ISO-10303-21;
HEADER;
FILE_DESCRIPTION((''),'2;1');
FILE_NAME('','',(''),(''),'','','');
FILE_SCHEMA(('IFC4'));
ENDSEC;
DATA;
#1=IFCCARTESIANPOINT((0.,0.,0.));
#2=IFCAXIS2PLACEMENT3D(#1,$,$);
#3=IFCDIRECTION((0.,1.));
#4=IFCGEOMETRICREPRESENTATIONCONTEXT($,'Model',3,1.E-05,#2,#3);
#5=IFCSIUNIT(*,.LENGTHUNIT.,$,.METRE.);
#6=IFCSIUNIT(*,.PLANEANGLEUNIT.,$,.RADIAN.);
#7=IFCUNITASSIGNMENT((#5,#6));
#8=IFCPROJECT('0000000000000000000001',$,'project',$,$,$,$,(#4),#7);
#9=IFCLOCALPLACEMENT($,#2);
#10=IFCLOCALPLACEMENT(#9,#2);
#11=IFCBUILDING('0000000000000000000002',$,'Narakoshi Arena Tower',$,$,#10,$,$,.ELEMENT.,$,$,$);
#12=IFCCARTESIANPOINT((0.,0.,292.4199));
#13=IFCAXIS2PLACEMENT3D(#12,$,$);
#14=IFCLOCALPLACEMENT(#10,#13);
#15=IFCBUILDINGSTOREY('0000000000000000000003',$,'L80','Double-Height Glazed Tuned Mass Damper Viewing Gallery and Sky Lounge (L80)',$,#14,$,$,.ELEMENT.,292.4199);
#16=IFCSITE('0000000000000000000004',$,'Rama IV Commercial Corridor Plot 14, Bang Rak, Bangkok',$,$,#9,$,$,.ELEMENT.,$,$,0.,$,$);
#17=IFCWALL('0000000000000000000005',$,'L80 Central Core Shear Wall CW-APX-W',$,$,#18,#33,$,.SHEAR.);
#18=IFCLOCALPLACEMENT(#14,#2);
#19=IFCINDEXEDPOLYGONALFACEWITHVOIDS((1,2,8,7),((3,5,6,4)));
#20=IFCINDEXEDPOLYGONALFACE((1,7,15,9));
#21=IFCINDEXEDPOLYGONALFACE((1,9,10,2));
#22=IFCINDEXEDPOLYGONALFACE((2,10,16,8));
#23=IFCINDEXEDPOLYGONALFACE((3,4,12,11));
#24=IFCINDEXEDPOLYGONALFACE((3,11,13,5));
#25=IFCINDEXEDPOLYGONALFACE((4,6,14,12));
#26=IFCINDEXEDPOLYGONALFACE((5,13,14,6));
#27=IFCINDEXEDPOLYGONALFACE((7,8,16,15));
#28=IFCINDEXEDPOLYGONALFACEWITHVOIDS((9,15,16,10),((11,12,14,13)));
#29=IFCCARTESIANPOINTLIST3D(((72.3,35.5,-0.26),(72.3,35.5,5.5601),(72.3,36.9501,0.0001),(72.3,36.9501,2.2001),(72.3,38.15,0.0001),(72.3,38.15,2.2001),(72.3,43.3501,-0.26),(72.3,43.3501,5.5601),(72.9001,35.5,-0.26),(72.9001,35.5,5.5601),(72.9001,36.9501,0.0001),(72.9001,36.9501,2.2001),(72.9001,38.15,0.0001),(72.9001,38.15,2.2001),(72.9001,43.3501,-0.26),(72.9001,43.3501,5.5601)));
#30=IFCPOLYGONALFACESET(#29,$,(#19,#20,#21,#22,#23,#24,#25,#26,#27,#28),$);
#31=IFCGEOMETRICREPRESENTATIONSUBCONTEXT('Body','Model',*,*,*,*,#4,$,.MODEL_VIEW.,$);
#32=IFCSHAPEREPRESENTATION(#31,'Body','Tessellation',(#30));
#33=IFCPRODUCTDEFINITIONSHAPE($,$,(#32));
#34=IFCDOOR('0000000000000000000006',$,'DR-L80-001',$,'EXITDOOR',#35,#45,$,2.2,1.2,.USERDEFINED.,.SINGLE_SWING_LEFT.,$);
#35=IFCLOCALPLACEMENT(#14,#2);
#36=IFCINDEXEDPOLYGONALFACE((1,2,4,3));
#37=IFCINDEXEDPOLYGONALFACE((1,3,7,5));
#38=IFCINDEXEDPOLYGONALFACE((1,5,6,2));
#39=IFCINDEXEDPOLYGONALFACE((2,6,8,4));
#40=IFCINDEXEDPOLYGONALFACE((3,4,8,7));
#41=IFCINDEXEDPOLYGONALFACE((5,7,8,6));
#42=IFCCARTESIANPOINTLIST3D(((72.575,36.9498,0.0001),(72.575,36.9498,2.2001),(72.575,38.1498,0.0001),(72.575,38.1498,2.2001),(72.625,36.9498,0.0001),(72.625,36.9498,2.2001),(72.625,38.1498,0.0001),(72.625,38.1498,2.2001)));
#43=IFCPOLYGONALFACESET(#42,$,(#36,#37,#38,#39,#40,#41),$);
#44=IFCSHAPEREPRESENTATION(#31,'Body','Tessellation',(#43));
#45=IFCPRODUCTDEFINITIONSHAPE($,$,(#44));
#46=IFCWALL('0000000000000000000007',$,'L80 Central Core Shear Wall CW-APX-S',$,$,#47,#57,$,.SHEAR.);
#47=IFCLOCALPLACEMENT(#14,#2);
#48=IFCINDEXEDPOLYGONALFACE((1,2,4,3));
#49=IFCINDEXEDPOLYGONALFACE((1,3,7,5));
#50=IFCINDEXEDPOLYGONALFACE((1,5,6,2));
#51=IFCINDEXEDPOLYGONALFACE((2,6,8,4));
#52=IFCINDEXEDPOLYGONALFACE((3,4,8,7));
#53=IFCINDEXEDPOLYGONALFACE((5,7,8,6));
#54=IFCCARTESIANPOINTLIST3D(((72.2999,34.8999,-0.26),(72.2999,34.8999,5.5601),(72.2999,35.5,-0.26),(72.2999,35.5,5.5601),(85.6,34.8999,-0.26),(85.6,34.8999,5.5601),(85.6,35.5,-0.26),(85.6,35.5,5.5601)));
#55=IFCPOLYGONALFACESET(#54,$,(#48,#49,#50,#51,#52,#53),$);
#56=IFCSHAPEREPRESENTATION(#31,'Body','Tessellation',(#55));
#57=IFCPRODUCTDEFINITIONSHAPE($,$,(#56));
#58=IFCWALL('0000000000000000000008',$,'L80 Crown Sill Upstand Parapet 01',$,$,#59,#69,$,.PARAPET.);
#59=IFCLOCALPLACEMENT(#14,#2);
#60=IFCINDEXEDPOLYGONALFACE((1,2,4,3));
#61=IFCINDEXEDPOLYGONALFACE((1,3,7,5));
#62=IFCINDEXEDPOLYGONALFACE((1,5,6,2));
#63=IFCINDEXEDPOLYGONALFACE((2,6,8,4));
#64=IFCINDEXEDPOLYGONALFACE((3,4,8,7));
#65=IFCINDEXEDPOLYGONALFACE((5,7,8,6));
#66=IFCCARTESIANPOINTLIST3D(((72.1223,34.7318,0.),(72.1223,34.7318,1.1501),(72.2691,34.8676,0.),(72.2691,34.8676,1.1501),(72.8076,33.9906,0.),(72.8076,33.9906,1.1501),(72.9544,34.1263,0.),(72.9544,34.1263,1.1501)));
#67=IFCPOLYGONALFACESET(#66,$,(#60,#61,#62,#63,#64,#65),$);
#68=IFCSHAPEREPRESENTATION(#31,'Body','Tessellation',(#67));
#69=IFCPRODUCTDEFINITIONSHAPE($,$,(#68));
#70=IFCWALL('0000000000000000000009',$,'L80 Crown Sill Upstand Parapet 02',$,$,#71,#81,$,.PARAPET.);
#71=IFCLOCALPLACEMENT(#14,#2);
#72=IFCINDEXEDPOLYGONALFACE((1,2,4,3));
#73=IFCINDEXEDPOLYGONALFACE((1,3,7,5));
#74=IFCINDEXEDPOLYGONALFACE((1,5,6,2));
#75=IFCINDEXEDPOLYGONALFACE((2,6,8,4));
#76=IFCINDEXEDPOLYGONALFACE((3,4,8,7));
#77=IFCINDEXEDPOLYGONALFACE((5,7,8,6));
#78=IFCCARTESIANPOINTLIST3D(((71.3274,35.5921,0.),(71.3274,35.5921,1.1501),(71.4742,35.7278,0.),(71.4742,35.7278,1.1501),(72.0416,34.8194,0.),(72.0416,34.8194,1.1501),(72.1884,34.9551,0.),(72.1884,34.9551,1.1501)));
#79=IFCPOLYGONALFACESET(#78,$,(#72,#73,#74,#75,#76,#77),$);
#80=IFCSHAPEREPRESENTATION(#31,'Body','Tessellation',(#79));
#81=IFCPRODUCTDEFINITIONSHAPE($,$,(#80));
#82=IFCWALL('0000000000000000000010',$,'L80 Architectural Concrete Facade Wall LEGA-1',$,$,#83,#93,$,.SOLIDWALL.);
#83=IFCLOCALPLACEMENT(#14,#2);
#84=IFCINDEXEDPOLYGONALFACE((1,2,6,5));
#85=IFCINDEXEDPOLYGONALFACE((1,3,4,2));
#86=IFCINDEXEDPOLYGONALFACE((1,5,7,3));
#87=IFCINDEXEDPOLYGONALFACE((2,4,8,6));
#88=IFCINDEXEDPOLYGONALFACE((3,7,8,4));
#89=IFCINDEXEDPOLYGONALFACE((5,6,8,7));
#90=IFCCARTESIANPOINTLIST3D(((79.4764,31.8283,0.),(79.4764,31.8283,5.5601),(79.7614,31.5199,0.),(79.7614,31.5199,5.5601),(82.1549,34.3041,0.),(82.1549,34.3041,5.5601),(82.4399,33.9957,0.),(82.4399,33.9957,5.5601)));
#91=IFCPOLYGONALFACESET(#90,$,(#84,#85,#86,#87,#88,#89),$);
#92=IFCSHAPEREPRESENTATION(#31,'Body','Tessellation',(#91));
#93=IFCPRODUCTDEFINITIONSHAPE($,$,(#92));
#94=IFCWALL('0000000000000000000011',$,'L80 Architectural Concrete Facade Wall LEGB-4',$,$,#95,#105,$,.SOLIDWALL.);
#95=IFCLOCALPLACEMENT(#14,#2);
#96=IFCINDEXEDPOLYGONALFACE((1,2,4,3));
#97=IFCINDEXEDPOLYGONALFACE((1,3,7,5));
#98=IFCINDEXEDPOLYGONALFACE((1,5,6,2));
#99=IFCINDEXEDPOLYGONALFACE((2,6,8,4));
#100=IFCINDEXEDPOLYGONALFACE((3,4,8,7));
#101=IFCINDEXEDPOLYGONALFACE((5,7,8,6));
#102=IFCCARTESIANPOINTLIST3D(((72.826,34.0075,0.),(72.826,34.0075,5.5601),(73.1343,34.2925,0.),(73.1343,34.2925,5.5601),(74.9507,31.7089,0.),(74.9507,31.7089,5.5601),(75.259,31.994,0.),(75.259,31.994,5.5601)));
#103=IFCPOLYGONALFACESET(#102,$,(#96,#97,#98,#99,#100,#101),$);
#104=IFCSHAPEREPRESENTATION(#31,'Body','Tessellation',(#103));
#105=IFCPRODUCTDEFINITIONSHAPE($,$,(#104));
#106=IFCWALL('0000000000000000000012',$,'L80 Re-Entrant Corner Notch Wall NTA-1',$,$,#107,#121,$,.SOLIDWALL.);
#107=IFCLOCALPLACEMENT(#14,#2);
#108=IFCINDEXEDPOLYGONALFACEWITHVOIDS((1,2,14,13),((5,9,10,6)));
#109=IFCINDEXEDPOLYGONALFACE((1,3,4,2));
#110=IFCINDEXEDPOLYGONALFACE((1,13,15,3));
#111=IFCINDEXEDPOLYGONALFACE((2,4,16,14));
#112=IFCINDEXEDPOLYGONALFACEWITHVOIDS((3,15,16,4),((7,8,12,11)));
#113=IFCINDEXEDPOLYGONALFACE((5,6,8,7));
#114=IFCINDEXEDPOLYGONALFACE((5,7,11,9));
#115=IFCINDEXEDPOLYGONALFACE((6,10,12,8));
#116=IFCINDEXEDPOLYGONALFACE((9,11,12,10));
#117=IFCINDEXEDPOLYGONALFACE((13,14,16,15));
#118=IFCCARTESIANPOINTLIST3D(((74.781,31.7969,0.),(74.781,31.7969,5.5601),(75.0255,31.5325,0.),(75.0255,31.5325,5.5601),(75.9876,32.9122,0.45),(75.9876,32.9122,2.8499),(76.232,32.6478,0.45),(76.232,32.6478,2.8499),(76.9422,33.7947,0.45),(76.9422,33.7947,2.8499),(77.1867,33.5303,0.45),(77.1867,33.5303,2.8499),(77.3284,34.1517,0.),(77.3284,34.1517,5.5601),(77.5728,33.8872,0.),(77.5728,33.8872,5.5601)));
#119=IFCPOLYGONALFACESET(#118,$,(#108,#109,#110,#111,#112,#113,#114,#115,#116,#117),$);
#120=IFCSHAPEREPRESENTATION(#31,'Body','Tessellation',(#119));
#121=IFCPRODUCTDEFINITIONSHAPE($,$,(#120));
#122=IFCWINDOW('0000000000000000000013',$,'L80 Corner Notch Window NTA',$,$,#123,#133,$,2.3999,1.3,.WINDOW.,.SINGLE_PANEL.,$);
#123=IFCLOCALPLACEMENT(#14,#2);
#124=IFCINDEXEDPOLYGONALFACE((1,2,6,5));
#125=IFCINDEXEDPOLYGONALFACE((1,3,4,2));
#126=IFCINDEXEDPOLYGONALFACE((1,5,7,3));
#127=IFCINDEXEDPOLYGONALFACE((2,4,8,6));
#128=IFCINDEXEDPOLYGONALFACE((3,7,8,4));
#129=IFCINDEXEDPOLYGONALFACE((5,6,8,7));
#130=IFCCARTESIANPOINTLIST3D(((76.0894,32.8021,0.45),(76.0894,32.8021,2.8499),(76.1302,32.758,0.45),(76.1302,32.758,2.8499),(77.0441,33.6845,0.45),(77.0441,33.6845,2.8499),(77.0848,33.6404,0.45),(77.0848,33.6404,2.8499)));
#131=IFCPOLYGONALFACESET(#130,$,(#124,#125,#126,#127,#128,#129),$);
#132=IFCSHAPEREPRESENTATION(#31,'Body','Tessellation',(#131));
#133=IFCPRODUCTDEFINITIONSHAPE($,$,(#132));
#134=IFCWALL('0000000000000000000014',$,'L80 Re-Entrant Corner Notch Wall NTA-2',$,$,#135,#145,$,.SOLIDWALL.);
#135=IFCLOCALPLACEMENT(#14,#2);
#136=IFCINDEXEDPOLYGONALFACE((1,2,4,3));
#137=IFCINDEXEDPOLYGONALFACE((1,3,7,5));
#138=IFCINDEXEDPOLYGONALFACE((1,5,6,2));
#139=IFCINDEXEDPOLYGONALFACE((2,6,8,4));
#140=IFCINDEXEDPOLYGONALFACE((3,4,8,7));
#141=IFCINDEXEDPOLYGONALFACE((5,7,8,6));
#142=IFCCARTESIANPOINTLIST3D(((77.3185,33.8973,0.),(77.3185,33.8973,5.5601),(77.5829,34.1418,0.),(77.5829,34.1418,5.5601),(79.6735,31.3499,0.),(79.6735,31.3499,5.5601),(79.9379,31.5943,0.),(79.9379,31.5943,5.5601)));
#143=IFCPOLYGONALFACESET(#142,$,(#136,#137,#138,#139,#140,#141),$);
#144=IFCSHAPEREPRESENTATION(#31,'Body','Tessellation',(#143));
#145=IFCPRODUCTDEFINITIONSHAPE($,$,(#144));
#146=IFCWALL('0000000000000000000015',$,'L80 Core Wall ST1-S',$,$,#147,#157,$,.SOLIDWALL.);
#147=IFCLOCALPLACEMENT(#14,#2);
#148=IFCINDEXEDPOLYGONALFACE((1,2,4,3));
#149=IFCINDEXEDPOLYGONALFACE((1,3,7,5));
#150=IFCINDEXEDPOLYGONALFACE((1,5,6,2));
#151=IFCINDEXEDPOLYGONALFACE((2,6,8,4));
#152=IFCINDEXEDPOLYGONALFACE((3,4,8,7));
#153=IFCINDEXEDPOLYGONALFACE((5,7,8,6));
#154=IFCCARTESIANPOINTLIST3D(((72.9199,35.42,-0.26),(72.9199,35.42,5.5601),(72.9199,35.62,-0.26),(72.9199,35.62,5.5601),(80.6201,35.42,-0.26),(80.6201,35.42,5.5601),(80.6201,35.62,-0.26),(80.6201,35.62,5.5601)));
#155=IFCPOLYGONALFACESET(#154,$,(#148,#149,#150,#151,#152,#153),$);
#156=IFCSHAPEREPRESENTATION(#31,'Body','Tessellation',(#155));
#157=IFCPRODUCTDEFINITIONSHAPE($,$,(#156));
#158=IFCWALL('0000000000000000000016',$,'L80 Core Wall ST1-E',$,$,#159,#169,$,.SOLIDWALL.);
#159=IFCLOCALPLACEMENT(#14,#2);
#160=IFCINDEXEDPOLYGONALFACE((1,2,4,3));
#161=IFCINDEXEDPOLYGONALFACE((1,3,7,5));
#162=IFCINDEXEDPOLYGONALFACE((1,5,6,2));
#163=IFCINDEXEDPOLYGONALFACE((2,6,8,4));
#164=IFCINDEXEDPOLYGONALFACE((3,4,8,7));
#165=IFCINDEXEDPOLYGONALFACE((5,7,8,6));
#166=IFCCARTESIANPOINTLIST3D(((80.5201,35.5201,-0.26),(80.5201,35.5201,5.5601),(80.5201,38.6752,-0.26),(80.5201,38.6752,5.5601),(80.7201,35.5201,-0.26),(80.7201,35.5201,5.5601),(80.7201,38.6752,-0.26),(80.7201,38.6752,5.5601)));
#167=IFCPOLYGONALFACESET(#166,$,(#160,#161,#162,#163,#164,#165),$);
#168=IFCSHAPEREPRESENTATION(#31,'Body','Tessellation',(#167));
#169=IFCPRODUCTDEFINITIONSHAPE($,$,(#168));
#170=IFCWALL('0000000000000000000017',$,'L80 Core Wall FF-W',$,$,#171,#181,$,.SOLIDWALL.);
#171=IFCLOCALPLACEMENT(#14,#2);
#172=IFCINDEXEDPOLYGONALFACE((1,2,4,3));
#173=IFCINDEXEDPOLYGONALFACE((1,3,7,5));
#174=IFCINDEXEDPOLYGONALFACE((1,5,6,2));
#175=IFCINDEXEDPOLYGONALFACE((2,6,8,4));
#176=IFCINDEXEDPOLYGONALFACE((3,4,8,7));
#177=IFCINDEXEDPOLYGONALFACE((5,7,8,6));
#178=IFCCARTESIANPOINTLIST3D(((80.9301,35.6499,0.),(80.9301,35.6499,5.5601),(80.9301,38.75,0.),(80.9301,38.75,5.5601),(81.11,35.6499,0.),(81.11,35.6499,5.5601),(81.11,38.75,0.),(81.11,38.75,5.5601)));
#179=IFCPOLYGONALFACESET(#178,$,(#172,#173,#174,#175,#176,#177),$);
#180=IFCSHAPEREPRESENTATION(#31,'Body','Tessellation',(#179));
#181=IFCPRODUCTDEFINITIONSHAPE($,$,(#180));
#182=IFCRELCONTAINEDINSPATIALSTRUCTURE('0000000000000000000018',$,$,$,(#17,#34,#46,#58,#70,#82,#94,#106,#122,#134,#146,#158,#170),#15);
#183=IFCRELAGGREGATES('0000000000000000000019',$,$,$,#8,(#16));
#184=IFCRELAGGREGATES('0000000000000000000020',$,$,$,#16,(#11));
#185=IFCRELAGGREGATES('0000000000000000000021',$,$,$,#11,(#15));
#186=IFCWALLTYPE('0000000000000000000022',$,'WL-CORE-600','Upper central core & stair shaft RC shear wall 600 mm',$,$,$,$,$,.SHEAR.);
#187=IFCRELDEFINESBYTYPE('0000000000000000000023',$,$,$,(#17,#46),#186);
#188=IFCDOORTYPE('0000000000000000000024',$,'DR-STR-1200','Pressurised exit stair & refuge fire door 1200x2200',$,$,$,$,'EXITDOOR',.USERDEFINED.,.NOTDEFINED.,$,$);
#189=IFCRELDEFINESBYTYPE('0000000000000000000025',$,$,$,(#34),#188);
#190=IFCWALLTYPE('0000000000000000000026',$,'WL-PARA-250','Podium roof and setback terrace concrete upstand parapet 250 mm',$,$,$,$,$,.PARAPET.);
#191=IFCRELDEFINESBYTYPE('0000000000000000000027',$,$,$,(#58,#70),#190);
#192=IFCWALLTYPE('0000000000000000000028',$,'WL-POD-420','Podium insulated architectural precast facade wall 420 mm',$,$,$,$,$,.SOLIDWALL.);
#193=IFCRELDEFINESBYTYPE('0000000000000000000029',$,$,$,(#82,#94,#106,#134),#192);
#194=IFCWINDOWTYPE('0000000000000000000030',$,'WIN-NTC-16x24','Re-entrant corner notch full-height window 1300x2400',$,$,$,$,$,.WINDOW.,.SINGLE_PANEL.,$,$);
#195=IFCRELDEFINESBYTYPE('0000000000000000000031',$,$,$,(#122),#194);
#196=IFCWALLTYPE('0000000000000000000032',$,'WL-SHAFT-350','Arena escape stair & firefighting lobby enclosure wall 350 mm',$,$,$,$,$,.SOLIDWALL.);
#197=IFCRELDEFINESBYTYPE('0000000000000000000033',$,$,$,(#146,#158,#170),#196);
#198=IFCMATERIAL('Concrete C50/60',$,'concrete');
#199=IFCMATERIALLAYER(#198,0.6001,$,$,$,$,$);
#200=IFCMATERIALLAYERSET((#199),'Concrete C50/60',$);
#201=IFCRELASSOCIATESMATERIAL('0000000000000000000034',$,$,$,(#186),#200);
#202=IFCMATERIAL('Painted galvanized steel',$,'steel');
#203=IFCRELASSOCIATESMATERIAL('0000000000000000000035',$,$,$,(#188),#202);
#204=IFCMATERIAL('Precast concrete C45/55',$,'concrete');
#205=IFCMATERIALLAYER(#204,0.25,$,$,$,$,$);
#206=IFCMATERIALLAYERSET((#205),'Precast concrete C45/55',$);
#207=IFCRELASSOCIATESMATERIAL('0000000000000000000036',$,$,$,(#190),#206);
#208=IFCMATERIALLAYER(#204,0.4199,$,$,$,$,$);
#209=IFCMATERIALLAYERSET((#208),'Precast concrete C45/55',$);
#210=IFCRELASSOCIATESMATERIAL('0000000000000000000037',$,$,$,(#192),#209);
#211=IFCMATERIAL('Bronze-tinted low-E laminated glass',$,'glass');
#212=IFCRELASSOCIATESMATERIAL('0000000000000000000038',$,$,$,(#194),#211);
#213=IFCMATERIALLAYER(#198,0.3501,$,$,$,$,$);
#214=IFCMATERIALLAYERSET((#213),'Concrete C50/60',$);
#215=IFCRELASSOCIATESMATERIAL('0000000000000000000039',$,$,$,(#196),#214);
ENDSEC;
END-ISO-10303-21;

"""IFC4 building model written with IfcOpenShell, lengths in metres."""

from ifc_helpers import new_model, si_unit, direction, frame, frame_2d, origin, place, context, subcontext, project, spatial, rectangle, extrude, material, layer, layer_set, type_object, element, fill, save


model = new_model("IFC4")

# Units and contexts
model_context = context("Model", 3, precision=1e-05, world=origin(), true_north=direction((0.0, 1.0)))
body_context = subcontext(model_context, "Body", "Model", "MODEL_VIEW")
ifc_project = project(units=[si_unit("LENGTHUNIT", "METRE"), si_unit("PLANEANGLEUNIT", "RADIAN")], contexts=[model_context])

# Site, building, storey
site_placement = place(None, origin())
site = spatial("IfcSite", under=ifc_project, at=site_placement, Name="Rama IV Commercial Corridor Plot 14, Bang Rak, Bangkok", CompositionType="ELEMENT", RefElevation=0.0)
building_placement = place(site_placement, origin())
building = spatial("IfcBuilding", under=site, at=building_placement, Name="Narakoshi Arena Tower", CompositionType="ELEMENT")
storey_placement = place(building_placement, frame((0.0, 0.0, 292.4199)))
storey = spatial("IfcBuildingStorey", under=building, at=storey_placement, Name="L80", Description="Double-Height Glazed Tuned Mass Damper Viewing Gallery and Sky Lounge (L80)", CompositionType="ELEMENT", Elevation=292.4199)

# Wall, opening, door
ifc_material_1 = material(Name="Concrete C50/60", Category="concrete")
ifc_layer_1 = layer(ifc_material_1, 0.6001)
ifc_layer_set_1 = layer_set([ifc_layer_1], Name="Concrete C50/60")
wall_type_1 = type_object("IfcWallType", Name="WL-CORE-600", Description="Upper central core & stair shaft RC shear wall 600 mm", PredefinedType="SHEAR", material=ifc_layer_set_1)
wall_1_placement = place(storey_placement, frame((72.6001, 35.5, -0.26), z_axis=(0.0, 0.0, 1.0), x_axis=(0.0, 1.0, 0.0)))
wall_1 = element("IfcWall", 1, at=wall_1_placement, inside=storey, type_object=wall_type_1, Name="L80 Central Core Shear Wall CW-APX-W", PredefinedType="SHEAR", context=body_context, shape_type="SweptSolid", body=[
    extrude(rectangle(XDim=7.8501, YDim=0.6001, at=frame_2d((3.925, 0.0))), origin(), (0.0, 0.0, 1.0), 5.8201),
])
opening_1_placement = place(wall_1_placement, frame((1.45, 0.0, 0.26)))
opening_1 = element("IfcOpeningElement", 2, at=opening_1_placement, cuts=wall_1, PredefinedType="OPENING", context=body_context, shape_type="SweptSolid", body=[
    extrude(rectangle(XDim=1.2, YDim=2.2, at=frame_2d((0.6001, 1.1001))), frame((0.0, 0.3101, 0.0), z_axis=(0.0, -1.0, 0.0), x_axis=(1.0, 0.0, 0.0)), (0.0, 0.0, 1.0), 0.6201),
])
ifc_material_2 = material(Name="Painted galvanized steel", Category="steel")
door_type = type_object("IfcDoorType", Name="DR-STR-1200", Description="Pressurised exit stair & refuge fire door 1200x2200", ElementType="EXITDOOR", OperationType="NOTDEFINED", PredefinedType="USERDEFINED", material=ifc_material_2)
door_placement = place(opening_1_placement, frame((1.2, 0.0, 0.0), z_axis=(0.0, 0.0, 1.0), x_axis=(-1.0, 0.0, 0.0)))
door = element("IfcDoor", 3, at=door_placement, inside=storey, type_object=door_type, Name="DR-L80-001", ObjectType="EXITDOOR", OperationType="SINGLE_SWING_LEFT", OverallHeight=2.2, OverallWidth=1.2, PredefinedType="USERDEFINED", context=body_context, shape_type="SweptSolid", body=[
    extrude(rectangle(XDim=1.2, YDim=2.2, at=frame_2d((0.6001, 1.1001))), frame((0.0, 0.0249, 0.0), z_axis=(0.0, -1.0, 0.0), x_axis=(1.0, 0.0, 0.0)), (0.0, 0.0, 1.0), 0.05),
])
fill(opening_1, door)

# Walls
wall_2_placement = place(storey_placement, frame((72.3, 35.2, -0.26), z_axis=(0.0, 0.0, 1.0), x_axis=(1.0, 0.0, 0.0)))
element("IfcWall", 4, at=wall_2_placement, inside=storey, type_object=wall_type_1, Name="L80 Central Core Shear Wall CW-APX-S", PredefinedType="SHEAR", context=body_context, shape_type="SweptSolid", body=[
    extrude(rectangle(XDim=13.3, YDim=0.6001, at=frame_2d((6.6499, 0.0))), origin(), (0.0, 0.0, 1.0), 5.8201),
])
ifc_material_3 = material(Name="Precast concrete C45/55", Category="concrete")
ifc_layer_2 = layer(ifc_material_3, 0.25)
ifc_layer_set_2 = layer_set([ifc_layer_2], Name="Precast concrete C45/55")
wall_type_2 = type_object("IfcWallType", Name="WL-PARA-250", Description="Podium roof and setback terrace concrete upstand parapet 250 mm", PredefinedType="PARAPET", material=ifc_layer_set_2)
wall_3_placement = place(storey_placement, frame((72.8811, 34.0583, 0.0), z_axis=(0.0, 0.0, 1.0), x_axis=(-0.678873, 0.734256, 0.0)))
element("IfcWall", 5, at=wall_3_placement, inside=storey, type_object=wall_type_2, Name="L80 Crown Sill Upstand Parapet 01", PredefinedType="PARAPET", context=body_context, shape_type="SweptSolid", body=[
    extrude(rectangle(XDim=1.0095, YDim=0.2, at=frame_2d((0.5049, 0.0))), origin(), (0.0, 0.0, 1.0), 1.1501),
])
wall_4_placement = place(storey_placement, frame((72.115, 34.8872, 0.0), z_axis=(0.0, 0.0, 1.0), x_axis=(-0.678714, 0.734403, 0.0)))
element("IfcWall", 6, at=wall_4_placement, inside=storey, type_object=wall_type_2, Name="L80 Crown Sill Upstand Parapet 02", PredefinedType="PARAPET", context=body_context, shape_type="SweptSolid", body=[
    extrude(rectangle(XDim=1.0522, YDim=0.2, at=frame_2d((0.5261, 0.0))), origin(), (0.0, 0.0, 1.0), 1.1501),
])
ifc_layer_3 = layer(ifc_material_3, 0.4199)
ifc_layer_set_3 = layer_set([ifc_layer_3], Name="Precast concrete C45/55")
wall_type_3 = type_object("IfcWallType", Name="WL-POD-420", Description="Podium insulated architectural precast facade wall 420 mm", PredefinedType="SOLIDWALL", material=ifc_layer_set_3)
wall_5_placement = place(storey_placement, frame((79.6189, 31.6741, 0.0), z_axis=(0.0, 0.0, 1.0), x_axis=(0.734339, 0.678783, 0.0)))
element("IfcWall", 7, at=wall_5_placement, inside=storey, type_object=wall_type_3, Name="L80 Architectural Concrete Facade Wall LEGA-1", PredefinedType="SOLIDWALL", context=body_context, shape_type="SweptSolid", body=[
    extrude(rectangle(XDim=3.6475, YDim=0.4199, at=frame_2d((1.8237, 0.0))), origin(), (0.0, 0.0, 1.0), 5.5601),
])
wall_6_placement = place(storey_placement, frame((72.9802, 34.1499, 0.0), z_axis=(0.0, 0.0, 1.0), x_axis=(0.678795, -0.734328, 0.0)))
element("IfcWall", 8, at=wall_6_placement, inside=storey, type_object=wall_type_3, Name="L80 Architectural Concrete Facade Wall LEGB-4", PredefinedType="SOLIDWALL", context=body_context, shape_type="SweptSolid", body=[
    extrude(rectangle(XDim=3.1301, YDim=0.4199, at=frame_2d((1.5649, 0.0))), origin(), (0.0, 0.0, 1.0), 5.5601),
])

# Wall, opening, window
wall_7_placement = place(storey_placement, frame((74.9033, 31.6648, 0.0), z_axis=(0.0, 0.0, 1.0), x_axis=(0.734326, 0.678797, 0.0)))
wall_7 = element("IfcWall", 9, at=wall_7_placement, inside=storey, type_object=wall_type_3, Name="L80 Re-Entrant Corner Notch Wall NTA-1", PredefinedType="SOLIDWALL", context=body_context, shape_type="SweptSolid", body=[
    extrude(rectangle(XDim=3.469, YDim=0.3601, at=frame_2d((1.7344, 0.0))), origin(), (0.0, 0.0, 1.0), 5.5601),
])
opening_2_placement = place(wall_7_placement, frame((1.6431, 0.0, 0.45)))
opening_2 = element("IfcOpeningElement", 10, at=opening_2_placement, cuts=wall_7, PredefinedType="OPENING", context=body_context, shape_type="SweptSolid", body=[
    extrude(rectangle(XDim=1.3, YDim=2.3999, at=frame_2d((0.6499, 1.2))), frame((0.0, 0.1899, 0.0), z_axis=(0.0, -1.0, 0.0), x_axis=(1.0, 0.0, 0.0)), (0.0, 0.0, 1.0), 0.3801),
])
ifc_material_4 = material(Name="Bronze-tinted low-E laminated glass", Category="glass")
window_type = type_object("IfcWindowType", Name="WIN-NTC-16x24", Description="Re-entrant corner notch full-height window 1300x2400", PartitioningType="SINGLE_PANEL", PredefinedType="WINDOW", material=ifc_material_4)
window_placement = place(opening_2_placement, origin())
window = element("IfcWindow", 11, at=window_placement, inside=storey, type_object=window_type, Name="L80 Corner Notch Window NTA", OverallHeight=2.3999, OverallWidth=1.3, PartitioningType="SINGLE_PANEL", PredefinedType="WINDOW", context=body_context, shape_type="SweptSolid", body=[
    extrude(rectangle(XDim=1.3, YDim=2.3999, at=frame_2d((0.6499, 1.2))), frame((0.0, 0.03, 0.0), z_axis=(0.0, -1.0, 0.0), x_axis=(1.0, 0.0, 0.0)), (0.0, 0.0, 1.0), 0.0601),
])
fill(opening_2, window)

# Walls
wall_8_placement = place(storey_placement, frame((77.4507, 34.0195, 0.0), z_axis=(0.0, 0.0, 1.0), x_axis=(0.678835, -0.734291, 0.0)))
element("IfcWall", 12, at=wall_8_placement, inside=storey, type_object=wall_type_3, Name="L80 Re-Entrant Corner Notch Wall NTA-2", PredefinedType="SOLIDWALL", context=body_context, shape_type="SweptSolid", body=[
    extrude(rectangle(XDim=3.4692, YDim=0.3601, at=frame_2d((1.7346, 0.0))), origin(), (0.0, 0.0, 1.0), 5.5601),
])
ifc_layer_4 = layer(ifc_material_1, 0.3501)
ifc_layer_set_4 = layer_set([ifc_layer_4], Name="Concrete C50/60")
wall_type_4 = type_object("IfcWallType", Name="WL-SHAFT-350", Description="Arena escape stair & firefighting lobby enclosure wall 350 mm", PredefinedType="SOLIDWALL", material=ifc_layer_set_4)
wall_9_placement = place(storey_placement, frame((72.9199, 35.52, -0.26), z_axis=(0.0, 0.0, 1.0), x_axis=(1.0, 0.0, 0.0)))
element("IfcWall", 13, at=wall_9_placement, inside=storey, type_object=wall_type_4, Name="L80 Core Wall ST1-S", PredefinedType="SOLIDWALL", context=body_context, shape_type="SweptSolid", body=[
    extrude(rectangle(XDim=7.7002, YDim=0.2, at=frame_2d((3.8501, 0.0))), origin(), (0.0, 0.0, 1.0), 5.8201),
])
wall_10_placement = place(storey_placement, frame((80.6201, 35.52, -0.26), z_axis=(0.0, 0.0, 1.0), x_axis=(0.0, 1.0, 0.0)))
element("IfcWall", 14, at=wall_10_placement, inside=storey, type_object=wall_type_4, Name="L80 Core Wall ST1-E", PredefinedType="SOLIDWALL", context=body_context, shape_type="SweptSolid", body=[
    extrude(rectangle(XDim=3.155, YDim=0.2, at=frame_2d((1.5776, 0.0))), origin(), (0.0, 0.0, 1.0), 5.8201),
])
wall_11_placement = place(storey_placement, frame((81.02, 35.6499, 0.0), z_axis=(0.0, 0.0, 1.0), x_axis=(0.0, 1.0, 0.0)))
element("IfcWall", 15, at=wall_11_placement, inside=storey, type_object=wall_type_4, Name="L80 Core Wall FF-W", PredefinedType="SOLIDWALL", context=body_context, shape_type="SweptSolid", body=[
    extrude(rectangle(XDim=3.1001, YDim=0.1799, at=frame_2d((1.55, 0.0))), origin(), (0.0, 0.0, 1.0), 5.5601),
])

save(model, "model.ifc")
